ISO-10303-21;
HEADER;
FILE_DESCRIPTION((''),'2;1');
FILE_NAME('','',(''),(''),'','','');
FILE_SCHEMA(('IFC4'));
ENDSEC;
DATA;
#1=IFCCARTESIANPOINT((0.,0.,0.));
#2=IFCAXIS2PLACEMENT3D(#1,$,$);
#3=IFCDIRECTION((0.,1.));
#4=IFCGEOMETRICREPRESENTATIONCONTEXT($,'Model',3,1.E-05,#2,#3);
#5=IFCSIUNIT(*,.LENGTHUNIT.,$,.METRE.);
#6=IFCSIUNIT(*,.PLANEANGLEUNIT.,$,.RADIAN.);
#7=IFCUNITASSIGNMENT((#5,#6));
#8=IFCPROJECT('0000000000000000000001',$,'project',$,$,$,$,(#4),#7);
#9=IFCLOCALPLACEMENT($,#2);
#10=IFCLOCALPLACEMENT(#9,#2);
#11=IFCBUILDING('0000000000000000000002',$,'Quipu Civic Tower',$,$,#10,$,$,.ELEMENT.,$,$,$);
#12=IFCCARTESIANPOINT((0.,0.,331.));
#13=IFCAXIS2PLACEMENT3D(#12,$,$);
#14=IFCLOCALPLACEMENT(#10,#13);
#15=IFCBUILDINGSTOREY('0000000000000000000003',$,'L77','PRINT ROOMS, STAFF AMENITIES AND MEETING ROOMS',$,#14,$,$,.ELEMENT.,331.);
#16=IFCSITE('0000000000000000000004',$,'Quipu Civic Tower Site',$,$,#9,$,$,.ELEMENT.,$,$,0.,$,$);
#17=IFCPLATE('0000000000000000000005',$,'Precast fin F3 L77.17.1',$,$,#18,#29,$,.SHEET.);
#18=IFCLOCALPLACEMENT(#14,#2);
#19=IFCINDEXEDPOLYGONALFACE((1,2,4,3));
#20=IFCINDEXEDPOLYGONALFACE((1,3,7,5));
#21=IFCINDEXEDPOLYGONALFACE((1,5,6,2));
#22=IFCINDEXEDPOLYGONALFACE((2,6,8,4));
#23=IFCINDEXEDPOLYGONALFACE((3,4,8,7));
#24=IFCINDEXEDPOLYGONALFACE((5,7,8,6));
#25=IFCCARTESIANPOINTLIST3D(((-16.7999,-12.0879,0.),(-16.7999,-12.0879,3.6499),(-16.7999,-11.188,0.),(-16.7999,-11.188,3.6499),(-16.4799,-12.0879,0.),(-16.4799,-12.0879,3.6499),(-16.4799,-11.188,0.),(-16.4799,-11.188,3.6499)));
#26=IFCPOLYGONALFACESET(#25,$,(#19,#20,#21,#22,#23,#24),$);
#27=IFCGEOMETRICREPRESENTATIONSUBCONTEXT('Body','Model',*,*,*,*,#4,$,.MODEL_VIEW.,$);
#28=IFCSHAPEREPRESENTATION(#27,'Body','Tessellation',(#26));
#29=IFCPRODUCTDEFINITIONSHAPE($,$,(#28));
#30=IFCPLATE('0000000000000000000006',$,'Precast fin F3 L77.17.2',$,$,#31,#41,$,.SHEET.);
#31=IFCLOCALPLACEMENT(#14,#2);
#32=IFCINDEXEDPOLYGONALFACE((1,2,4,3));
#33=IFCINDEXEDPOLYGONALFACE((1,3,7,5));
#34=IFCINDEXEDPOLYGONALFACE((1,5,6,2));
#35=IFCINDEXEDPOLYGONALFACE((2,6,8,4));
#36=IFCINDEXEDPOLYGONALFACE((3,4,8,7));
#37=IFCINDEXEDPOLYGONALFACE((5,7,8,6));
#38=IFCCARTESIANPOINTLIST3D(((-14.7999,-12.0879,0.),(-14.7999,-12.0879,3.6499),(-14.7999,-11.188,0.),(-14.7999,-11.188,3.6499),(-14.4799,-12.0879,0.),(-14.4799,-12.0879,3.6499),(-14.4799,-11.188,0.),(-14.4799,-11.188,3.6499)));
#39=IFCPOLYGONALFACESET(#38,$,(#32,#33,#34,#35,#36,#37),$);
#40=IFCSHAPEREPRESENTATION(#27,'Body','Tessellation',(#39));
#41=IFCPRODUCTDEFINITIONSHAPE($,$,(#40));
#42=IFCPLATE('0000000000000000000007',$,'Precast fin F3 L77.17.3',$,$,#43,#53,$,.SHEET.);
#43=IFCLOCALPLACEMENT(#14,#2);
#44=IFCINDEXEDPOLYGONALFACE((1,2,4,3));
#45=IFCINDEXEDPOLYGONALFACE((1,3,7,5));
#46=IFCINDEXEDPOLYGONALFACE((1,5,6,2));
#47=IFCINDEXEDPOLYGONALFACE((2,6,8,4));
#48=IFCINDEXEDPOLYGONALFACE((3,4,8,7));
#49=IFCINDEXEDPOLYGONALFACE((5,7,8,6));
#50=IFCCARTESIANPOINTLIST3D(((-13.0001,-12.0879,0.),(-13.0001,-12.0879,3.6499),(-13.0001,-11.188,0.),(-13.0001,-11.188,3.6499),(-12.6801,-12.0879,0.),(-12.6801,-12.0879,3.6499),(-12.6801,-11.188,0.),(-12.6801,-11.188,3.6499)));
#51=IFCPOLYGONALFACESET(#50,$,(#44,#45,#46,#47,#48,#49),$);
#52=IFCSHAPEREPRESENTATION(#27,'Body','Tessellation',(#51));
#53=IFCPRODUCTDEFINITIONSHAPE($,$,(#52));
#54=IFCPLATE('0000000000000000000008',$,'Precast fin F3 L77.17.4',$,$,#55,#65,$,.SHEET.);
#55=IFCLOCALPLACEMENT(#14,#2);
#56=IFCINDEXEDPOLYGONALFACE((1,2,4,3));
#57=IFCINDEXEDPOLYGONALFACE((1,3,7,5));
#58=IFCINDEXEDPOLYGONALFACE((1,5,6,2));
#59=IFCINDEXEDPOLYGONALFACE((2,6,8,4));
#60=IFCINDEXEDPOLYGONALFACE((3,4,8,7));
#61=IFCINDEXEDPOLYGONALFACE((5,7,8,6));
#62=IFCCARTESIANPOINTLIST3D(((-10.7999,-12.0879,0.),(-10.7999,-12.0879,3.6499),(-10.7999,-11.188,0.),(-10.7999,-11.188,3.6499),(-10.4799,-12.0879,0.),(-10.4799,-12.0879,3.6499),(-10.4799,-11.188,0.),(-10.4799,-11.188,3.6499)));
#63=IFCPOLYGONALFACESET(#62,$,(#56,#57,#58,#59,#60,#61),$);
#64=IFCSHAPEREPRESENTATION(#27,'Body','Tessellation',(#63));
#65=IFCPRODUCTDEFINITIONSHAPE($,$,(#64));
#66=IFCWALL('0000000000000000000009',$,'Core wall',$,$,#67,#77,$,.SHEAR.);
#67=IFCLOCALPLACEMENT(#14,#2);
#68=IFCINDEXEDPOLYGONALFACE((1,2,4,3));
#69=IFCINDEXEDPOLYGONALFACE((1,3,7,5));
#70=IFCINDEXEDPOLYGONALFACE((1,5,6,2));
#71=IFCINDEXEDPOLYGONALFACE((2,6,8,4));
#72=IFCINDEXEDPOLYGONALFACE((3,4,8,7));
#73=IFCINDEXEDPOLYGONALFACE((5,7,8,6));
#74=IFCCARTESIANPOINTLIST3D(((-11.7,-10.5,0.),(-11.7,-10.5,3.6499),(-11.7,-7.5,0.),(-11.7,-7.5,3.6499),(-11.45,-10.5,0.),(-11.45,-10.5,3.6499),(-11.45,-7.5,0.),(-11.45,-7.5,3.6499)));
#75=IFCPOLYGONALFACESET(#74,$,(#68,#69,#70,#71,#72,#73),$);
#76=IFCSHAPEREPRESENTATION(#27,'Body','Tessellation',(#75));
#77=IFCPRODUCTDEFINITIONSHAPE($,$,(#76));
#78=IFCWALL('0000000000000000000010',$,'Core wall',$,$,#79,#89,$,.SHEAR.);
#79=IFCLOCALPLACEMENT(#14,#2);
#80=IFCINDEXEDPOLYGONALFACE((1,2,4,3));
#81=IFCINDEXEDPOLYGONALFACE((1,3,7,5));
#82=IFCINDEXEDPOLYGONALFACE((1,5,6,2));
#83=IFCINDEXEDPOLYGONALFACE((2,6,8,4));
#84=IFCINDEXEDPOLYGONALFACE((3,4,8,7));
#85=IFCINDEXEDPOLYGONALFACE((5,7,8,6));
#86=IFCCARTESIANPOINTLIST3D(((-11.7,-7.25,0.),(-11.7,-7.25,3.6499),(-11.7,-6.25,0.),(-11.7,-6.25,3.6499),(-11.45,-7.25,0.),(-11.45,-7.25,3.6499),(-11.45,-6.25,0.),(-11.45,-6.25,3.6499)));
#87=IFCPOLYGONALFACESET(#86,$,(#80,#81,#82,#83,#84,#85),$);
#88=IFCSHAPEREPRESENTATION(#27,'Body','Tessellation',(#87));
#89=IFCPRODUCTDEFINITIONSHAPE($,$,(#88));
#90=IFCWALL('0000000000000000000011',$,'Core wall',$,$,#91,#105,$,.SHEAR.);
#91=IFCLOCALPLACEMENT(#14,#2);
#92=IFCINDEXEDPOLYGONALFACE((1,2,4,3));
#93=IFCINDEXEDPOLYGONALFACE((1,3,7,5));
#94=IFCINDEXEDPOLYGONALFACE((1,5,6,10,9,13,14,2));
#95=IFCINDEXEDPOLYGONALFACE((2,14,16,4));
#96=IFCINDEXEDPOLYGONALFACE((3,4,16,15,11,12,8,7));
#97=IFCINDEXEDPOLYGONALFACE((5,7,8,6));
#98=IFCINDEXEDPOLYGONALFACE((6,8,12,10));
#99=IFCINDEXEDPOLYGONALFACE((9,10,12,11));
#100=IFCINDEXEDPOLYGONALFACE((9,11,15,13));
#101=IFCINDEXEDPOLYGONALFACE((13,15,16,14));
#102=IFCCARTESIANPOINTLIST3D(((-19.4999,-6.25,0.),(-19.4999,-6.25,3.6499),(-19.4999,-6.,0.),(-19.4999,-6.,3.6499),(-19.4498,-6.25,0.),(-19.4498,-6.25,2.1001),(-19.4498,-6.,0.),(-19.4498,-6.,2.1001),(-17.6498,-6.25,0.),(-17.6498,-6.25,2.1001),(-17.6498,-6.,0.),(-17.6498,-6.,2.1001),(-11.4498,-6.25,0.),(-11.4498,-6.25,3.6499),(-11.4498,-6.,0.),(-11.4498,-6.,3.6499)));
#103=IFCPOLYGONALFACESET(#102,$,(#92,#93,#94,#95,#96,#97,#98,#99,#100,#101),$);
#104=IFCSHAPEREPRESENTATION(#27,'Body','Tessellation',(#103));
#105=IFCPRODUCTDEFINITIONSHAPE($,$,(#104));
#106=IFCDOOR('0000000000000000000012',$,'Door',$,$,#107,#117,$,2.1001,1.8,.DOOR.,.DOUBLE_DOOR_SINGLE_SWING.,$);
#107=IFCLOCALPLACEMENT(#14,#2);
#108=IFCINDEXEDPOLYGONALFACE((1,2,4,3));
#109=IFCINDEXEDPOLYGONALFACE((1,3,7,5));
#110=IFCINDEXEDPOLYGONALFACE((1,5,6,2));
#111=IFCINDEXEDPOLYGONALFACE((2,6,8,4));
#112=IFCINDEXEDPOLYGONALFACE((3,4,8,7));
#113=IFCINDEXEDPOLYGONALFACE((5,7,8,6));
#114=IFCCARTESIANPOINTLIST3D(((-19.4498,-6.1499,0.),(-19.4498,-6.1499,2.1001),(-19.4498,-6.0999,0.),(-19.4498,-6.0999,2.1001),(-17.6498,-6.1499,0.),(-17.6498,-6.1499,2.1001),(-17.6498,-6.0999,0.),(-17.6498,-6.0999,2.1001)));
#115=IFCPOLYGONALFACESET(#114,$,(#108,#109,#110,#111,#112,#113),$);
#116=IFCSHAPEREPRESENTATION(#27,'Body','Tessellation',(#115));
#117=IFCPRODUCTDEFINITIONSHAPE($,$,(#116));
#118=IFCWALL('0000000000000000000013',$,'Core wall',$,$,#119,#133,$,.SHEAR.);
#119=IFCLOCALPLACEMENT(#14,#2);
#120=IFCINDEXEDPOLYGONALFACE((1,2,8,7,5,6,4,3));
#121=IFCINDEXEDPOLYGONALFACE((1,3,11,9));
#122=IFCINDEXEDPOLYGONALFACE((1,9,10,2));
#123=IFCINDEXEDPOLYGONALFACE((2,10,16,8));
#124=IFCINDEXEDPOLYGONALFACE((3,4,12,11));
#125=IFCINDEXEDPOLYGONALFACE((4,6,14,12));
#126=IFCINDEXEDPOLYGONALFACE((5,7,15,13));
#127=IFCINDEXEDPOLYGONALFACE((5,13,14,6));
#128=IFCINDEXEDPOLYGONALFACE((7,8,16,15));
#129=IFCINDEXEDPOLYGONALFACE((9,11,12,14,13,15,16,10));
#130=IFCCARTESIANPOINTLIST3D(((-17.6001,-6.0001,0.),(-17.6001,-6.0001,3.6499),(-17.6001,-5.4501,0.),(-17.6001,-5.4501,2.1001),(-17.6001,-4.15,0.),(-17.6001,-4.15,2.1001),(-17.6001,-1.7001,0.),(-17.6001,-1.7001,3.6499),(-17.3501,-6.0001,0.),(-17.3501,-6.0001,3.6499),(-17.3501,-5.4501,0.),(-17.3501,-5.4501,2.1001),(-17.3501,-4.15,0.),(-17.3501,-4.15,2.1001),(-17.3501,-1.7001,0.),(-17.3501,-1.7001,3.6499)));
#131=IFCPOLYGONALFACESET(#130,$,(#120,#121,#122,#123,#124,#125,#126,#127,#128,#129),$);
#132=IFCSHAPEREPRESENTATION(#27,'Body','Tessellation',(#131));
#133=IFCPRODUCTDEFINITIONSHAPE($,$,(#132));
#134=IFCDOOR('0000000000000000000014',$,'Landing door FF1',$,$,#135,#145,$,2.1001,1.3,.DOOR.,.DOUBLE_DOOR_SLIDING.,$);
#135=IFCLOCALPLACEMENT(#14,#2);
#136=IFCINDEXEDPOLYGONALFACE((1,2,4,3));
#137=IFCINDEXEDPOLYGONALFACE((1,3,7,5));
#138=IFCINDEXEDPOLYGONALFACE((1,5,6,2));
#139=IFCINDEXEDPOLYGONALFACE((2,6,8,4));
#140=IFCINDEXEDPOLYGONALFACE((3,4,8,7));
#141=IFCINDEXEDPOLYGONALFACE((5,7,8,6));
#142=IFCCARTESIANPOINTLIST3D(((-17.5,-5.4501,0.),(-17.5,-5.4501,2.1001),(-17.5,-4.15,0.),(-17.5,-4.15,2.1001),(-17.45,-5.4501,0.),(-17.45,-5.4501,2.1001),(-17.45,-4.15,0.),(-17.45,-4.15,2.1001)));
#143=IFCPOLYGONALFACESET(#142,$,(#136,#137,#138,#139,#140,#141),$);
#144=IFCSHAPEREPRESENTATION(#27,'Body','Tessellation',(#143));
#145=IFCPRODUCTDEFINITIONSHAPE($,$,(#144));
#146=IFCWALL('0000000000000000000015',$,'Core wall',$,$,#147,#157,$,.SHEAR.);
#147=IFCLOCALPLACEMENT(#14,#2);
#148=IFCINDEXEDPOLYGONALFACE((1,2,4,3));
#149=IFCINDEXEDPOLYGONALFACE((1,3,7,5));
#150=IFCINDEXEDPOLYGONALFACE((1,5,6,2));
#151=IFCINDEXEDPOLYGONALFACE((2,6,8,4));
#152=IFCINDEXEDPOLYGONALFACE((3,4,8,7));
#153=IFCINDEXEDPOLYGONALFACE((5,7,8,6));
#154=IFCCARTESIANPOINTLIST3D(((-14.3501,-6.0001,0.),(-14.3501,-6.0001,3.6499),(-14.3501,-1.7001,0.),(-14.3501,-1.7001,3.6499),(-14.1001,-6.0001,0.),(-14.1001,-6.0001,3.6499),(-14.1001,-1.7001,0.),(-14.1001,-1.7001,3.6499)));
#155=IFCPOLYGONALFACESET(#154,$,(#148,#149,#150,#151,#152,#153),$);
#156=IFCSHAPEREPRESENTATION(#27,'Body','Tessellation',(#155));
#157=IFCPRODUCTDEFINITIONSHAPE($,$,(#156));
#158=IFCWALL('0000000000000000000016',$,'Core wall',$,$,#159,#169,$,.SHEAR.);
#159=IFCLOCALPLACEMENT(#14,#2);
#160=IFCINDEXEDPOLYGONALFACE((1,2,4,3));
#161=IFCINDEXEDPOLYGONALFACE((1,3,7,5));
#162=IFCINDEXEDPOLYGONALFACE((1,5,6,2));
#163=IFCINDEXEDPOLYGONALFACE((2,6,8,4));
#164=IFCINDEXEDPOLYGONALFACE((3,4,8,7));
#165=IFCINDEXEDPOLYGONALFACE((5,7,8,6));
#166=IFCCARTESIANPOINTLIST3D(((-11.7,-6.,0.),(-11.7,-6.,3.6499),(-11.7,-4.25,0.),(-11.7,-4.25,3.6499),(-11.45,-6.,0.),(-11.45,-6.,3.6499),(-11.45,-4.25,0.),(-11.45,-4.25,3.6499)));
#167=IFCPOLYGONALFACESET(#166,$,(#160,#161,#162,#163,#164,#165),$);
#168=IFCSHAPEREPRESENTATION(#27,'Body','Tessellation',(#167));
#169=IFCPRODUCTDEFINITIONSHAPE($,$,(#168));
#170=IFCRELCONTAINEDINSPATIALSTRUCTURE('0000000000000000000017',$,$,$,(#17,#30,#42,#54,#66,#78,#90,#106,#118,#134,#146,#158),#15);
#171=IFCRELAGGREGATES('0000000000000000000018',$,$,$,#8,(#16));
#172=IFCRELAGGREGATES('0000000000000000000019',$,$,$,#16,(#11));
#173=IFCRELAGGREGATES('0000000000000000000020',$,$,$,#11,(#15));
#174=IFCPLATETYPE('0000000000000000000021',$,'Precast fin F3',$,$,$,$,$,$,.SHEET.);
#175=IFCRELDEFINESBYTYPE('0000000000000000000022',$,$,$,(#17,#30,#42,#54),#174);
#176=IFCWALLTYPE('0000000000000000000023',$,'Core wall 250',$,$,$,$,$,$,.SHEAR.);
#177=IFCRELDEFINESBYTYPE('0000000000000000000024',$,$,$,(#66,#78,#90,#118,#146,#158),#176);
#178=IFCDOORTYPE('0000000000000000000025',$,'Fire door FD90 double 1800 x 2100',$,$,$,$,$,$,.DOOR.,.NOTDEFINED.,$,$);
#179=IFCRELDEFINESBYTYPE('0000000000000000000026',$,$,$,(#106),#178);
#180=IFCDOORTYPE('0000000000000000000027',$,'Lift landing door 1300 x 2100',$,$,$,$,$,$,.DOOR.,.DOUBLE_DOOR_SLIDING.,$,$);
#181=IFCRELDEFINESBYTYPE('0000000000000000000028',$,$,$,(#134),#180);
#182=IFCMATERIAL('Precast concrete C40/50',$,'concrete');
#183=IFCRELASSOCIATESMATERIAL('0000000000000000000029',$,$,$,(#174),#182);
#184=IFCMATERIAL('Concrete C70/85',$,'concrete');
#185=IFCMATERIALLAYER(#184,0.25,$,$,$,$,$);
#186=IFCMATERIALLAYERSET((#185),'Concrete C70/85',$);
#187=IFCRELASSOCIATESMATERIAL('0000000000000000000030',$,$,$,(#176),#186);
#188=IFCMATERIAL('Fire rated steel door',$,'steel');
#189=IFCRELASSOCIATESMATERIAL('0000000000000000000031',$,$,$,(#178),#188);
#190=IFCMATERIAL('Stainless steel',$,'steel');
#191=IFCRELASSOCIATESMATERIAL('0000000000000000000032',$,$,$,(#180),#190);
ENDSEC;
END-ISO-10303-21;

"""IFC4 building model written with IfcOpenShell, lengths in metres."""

from ifc_helpers import new_model, si_unit, direction, frame, frame_2d, origin, origin_2d, place, context, subcontext, project, spatial, rectangle, extrude, material, layer, layer_set, type_object, element, fill, save


model = new_model("IFC4")

# Units and contexts
model_context = context("Model", 3, precision=1e-05, world=origin(), true_north=direction((0.0, 1.0)))
body_context = subcontext(model_context, "Body", "Model", "MODEL_VIEW")
ifc_project = project(units=[si_unit("LENGTHUNIT", "METRE"), si_unit("PLANEANGLEUNIT", "RADIAN")], contexts=[model_context])

# Site, building, storey
site_placement = place(None, origin())
site = spatial("IfcSite", under=ifc_project, at=site_placement, Name="Quipu Civic Tower Site", CompositionType="ELEMENT", RefElevation=0.0)
building_placement = place(site_placement, origin())
building = spatial("IfcBuilding", under=site, at=building_placement, Name="Quipu Civic Tower", CompositionType="ELEMENT")
storey_placement = place(building_placement, frame((0.0, 0.0, 331.0)))
storey = spatial("IfcBuildingStorey", under=building, at=storey_placement, Name="L77", Description="PRINT ROOMS, STAFF AMENITIES AND MEETING ROOMS", CompositionType="ELEMENT", Elevation=331.0)

# Plates
ifc_material_1 = material(Name="Precast concrete C40/50", Category="concrete")
plate_type = type_object("IfcPlateType", Name="Precast fin F3", PredefinedType="SHEET", material=ifc_material_1)
for number, where, z_axis, x_axis, name in (
    (1, (-16.6399, -11.6379, 0.0), (0.0, 0.0, 1.0), (1.0, 0.0, 0.0), "Precast fin F3 L77.17.1"),
    (2, (-14.6399, -11.6379, 0.0), (0.0, 0.0, 1.0), (1.0, 0.0, 0.0), "Precast fin F3 L77.17.2"),
    (3, (-12.8401, -11.6379, 0.0), (0.0, 0.0, 1.0), (1.0, 0.0, 0.0), "Precast fin F3 L77.17.3"),
    (4, (-10.6399, -11.6379, 0.0), (0.0, 0.0, 1.0), (1.0, 0.0, 0.0), "Precast fin F3 L77.17.4"),
):
    element("IfcPlate", number, at=place(storey_placement, frame(where, z_axis=z_axis, x_axis=x_axis)), inside=storey, type_object=plate_type, Name=name, PredefinedType="SHEET", context=body_context, shape_type="SweptSolid", body=[
        extrude(rectangle(XDim=0.3201, YDim=0.8999, at=origin_2d()), origin(), (0.0, 0.0, 1.0), 3.6499),
    ])

# Walls
ifc_material_2 = material(Name="Concrete C70/85", Category="concrete")
ifc_layer_1 = layer(ifc_material_2, 0.25)
ifc_layer_set_1 = layer_set([ifc_layer_1], Name="Concrete C70/85")
wall_type_1 = type_object("IfcWallType", Name="Core wall 250", PredefinedType="SHEAR", material=ifc_layer_set_1)
wall_1_placement = place(storey_placement, frame((-11.575, -10.5, 0.0), z_axis=(0.0, 0.0, 1.0), x_axis=(0.0, 1.0, 0.0)))
element("IfcWall", 5, at=wall_1_placement, inside=storey, type_object=wall_type_1, Name="Core wall", PredefinedType="SHEAR", context=body_context, shape_type="SweptSolid", body=[
    extrude(rectangle(XDim=3.0, YDim=0.25, at=frame_2d((1.5, 0.0))), origin(), (0.0, 0.0, 1.0), 3.6499),
])
wall_2_placement = place(storey_placement, frame((-11.575, -7.25, 0.0), z_axis=(0.0, 0.0, 1.0), x_axis=(0.0, 1.0, 0.0)))
element("IfcWall", 6, at=wall_2_placement, inside=storey, type_object=wall_type_1, Name="Core wall", PredefinedType="SHEAR", context=body_context, shape_type="SweptSolid", body=[
    extrude(rectangle(XDim=1.0, YDim=0.25, at=frame_2d((0.5, 0.0))), origin(), (0.0, 0.0, 1.0), 3.6499),
])

# Walls, openings, doors
wall_3_placement = place(storey_placement, frame((-11.45, -6.125, 0.0), z_axis=(0.0, 0.0, 1.0), x_axis=(-1.0, 0.0, 0.0)))
wall_3 = element("IfcWall", 7, at=wall_3_placement, inside=storey, type_object=wall_type_1, Name="Core wall", PredefinedType="SHEAR", context=body_context, shape_type="SweptSolid", body=[
    extrude(rectangle(XDim=8.05, YDim=0.25, at=frame_2d((4.0249, 0.0))), origin(), (0.0, 0.0, 1.0), 3.6499),
])
opening_1_placement = place(wall_3_placement, frame((6.2, 0.0, 0.0)))
opening_1 = element("IfcOpeningElement", 8, at=opening_1_placement, cuts=wall_3, PredefinedType="OPENING", context=body_context, shape_type="SweptSolid", body=[
    extrude(rectangle(XDim=1.8, YDim=2.1001, at=frame_2d((0.8999, 1.05))), frame((0.0, 0.135, 0.0), z_axis=(0.0, -1.0, 0.0), x_axis=(1.0, 0.0, 0.0)), (0.0, 0.0, 1.0), 0.27),
])
ifc_material_3 = material(Name="Fire rated steel door", Category="steel")
door_type_1 = type_object("IfcDoorType", Name="Fire door FD90 double 1800 x 2100", OperationType="NOTDEFINED", PredefinedType="DOOR", material=ifc_material_3)
door_1_placement = place(opening_1_placement, origin())
door_1 = element("IfcDoor", 9, at=door_1_placement, inside=storey, type_object=door_type_1, Name="Door", OperationType="DOUBLE_DOOR_SINGLE_SWING", OverallHeight=2.1001, OverallWidth=1.8, PredefinedType="DOOR", context=body_context, shape_type="SweptSolid", body=[
    extrude(rectangle(XDim=1.8, YDim=2.1001, at=frame_2d((0.8999, 1.05))), frame((0.0, 0.0249, 0.0), z_axis=(0.0, -1.0, 0.0), x_axis=(1.0, 0.0, 0.0)), (0.0, 0.0, 1.0), 0.05),
])
fill(opening_1, door_1)
wall_4_placement = place(storey_placement, frame((-17.4751, -6.0, 0.0), z_axis=(0.0, 0.0, 1.0), x_axis=(0.0, 1.0, 0.0)))
wall_4 = element("IfcWall", 10, at=wall_4_placement, inside=storey, type_object=wall_type_1, Name="Core wall", PredefinedType="SHEAR", context=body_context, shape_type="SweptSolid", body=[
    extrude(rectangle(XDim=4.3, YDim=0.25, at=frame_2d((2.1499, 0.0))), origin(), (0.0, 0.0, 1.0), 3.6499),
])
opening_2_placement = place(wall_4_placement, frame((0.55, 0.0, 0.0)))
opening_2 = element("IfcOpeningElement", 11, at=opening_2_placement, cuts=wall_4, PredefinedType="OPENING", context=body_context, shape_type="SweptSolid", body=[
    extrude(rectangle(XDim=1.3, YDim=2.1001, at=frame_2d((0.6499, 1.05))), frame((0.0, 0.135, 0.0), z_axis=(0.0, -1.0, 0.0), x_axis=(1.0, 0.0, 0.0)), (0.0, 0.0, 1.0), 0.27),
])
ifc_material_4 = material(Name="Stainless steel", Category="steel")
door_type_2 = type_object("IfcDoorType", Name="Lift landing door 1300 x 2100", OperationType="DOUBLE_DOOR_SLIDING", PredefinedType="DOOR", material=ifc_material_4)
door_2_placement = place(opening_2_placement, origin())
door_2 = element("IfcDoor", 12, at=door_2_placement, inside=storey, type_object=door_type_2, Name="Landing door FF1", OperationType="DOUBLE_DOOR_SLIDING", OverallHeight=2.1001, OverallWidth=1.3, PredefinedType="DOOR", context=body_context, shape_type="SweptSolid", body=[
    extrude(rectangle(XDim=1.3, YDim=2.1001, at=frame_2d((0.6499, 1.05))), frame((0.0, 0.0249, 0.0), z_axis=(0.0, -1.0, 0.0), x_axis=(1.0, 0.0, 0.0)), (0.0, 0.0, 1.0), 0.05),
])
fill(opening_2, door_2)

# Walls
wall_5_placement = place(storey_placement, frame((-14.2251, -6.0, 0.0), z_axis=(0.0, 0.0, 1.0), x_axis=(0.0, 1.0, 0.0)))
element("IfcWall", 13, at=wall_5_placement, inside=storey, type_object=wall_type_1, Name="Core wall", PredefinedType="SHEAR", context=body_context, shape_type="SweptSolid", body=[
    extrude(rectangle(XDim=4.3, YDim=0.25, at=frame_2d((2.1499, 0.0))), origin(), (0.0, 0.0, 1.0), 3.6499),
])
wall_6_placement = place(storey_placement, frame((-11.575, -6.0, 0.0), z_axis=(0.0, 0.0, 1.0), x_axis=(0.0, 1.0, 0.0)))
element("IfcWall", 14, at=wall_6_placement, inside=storey, type_object=wall_type_1, Name="Core wall", PredefinedType="SHEAR", context=body_context, shape_type="SweptSolid", body=[
    extrude(rectangle(XDim=1.75, YDim=0.25, at=frame_2d((0.875, 0.0))), origin(), (0.0, 0.0, 1.0), 3.6499),
])

save(model, "model.ifc")
